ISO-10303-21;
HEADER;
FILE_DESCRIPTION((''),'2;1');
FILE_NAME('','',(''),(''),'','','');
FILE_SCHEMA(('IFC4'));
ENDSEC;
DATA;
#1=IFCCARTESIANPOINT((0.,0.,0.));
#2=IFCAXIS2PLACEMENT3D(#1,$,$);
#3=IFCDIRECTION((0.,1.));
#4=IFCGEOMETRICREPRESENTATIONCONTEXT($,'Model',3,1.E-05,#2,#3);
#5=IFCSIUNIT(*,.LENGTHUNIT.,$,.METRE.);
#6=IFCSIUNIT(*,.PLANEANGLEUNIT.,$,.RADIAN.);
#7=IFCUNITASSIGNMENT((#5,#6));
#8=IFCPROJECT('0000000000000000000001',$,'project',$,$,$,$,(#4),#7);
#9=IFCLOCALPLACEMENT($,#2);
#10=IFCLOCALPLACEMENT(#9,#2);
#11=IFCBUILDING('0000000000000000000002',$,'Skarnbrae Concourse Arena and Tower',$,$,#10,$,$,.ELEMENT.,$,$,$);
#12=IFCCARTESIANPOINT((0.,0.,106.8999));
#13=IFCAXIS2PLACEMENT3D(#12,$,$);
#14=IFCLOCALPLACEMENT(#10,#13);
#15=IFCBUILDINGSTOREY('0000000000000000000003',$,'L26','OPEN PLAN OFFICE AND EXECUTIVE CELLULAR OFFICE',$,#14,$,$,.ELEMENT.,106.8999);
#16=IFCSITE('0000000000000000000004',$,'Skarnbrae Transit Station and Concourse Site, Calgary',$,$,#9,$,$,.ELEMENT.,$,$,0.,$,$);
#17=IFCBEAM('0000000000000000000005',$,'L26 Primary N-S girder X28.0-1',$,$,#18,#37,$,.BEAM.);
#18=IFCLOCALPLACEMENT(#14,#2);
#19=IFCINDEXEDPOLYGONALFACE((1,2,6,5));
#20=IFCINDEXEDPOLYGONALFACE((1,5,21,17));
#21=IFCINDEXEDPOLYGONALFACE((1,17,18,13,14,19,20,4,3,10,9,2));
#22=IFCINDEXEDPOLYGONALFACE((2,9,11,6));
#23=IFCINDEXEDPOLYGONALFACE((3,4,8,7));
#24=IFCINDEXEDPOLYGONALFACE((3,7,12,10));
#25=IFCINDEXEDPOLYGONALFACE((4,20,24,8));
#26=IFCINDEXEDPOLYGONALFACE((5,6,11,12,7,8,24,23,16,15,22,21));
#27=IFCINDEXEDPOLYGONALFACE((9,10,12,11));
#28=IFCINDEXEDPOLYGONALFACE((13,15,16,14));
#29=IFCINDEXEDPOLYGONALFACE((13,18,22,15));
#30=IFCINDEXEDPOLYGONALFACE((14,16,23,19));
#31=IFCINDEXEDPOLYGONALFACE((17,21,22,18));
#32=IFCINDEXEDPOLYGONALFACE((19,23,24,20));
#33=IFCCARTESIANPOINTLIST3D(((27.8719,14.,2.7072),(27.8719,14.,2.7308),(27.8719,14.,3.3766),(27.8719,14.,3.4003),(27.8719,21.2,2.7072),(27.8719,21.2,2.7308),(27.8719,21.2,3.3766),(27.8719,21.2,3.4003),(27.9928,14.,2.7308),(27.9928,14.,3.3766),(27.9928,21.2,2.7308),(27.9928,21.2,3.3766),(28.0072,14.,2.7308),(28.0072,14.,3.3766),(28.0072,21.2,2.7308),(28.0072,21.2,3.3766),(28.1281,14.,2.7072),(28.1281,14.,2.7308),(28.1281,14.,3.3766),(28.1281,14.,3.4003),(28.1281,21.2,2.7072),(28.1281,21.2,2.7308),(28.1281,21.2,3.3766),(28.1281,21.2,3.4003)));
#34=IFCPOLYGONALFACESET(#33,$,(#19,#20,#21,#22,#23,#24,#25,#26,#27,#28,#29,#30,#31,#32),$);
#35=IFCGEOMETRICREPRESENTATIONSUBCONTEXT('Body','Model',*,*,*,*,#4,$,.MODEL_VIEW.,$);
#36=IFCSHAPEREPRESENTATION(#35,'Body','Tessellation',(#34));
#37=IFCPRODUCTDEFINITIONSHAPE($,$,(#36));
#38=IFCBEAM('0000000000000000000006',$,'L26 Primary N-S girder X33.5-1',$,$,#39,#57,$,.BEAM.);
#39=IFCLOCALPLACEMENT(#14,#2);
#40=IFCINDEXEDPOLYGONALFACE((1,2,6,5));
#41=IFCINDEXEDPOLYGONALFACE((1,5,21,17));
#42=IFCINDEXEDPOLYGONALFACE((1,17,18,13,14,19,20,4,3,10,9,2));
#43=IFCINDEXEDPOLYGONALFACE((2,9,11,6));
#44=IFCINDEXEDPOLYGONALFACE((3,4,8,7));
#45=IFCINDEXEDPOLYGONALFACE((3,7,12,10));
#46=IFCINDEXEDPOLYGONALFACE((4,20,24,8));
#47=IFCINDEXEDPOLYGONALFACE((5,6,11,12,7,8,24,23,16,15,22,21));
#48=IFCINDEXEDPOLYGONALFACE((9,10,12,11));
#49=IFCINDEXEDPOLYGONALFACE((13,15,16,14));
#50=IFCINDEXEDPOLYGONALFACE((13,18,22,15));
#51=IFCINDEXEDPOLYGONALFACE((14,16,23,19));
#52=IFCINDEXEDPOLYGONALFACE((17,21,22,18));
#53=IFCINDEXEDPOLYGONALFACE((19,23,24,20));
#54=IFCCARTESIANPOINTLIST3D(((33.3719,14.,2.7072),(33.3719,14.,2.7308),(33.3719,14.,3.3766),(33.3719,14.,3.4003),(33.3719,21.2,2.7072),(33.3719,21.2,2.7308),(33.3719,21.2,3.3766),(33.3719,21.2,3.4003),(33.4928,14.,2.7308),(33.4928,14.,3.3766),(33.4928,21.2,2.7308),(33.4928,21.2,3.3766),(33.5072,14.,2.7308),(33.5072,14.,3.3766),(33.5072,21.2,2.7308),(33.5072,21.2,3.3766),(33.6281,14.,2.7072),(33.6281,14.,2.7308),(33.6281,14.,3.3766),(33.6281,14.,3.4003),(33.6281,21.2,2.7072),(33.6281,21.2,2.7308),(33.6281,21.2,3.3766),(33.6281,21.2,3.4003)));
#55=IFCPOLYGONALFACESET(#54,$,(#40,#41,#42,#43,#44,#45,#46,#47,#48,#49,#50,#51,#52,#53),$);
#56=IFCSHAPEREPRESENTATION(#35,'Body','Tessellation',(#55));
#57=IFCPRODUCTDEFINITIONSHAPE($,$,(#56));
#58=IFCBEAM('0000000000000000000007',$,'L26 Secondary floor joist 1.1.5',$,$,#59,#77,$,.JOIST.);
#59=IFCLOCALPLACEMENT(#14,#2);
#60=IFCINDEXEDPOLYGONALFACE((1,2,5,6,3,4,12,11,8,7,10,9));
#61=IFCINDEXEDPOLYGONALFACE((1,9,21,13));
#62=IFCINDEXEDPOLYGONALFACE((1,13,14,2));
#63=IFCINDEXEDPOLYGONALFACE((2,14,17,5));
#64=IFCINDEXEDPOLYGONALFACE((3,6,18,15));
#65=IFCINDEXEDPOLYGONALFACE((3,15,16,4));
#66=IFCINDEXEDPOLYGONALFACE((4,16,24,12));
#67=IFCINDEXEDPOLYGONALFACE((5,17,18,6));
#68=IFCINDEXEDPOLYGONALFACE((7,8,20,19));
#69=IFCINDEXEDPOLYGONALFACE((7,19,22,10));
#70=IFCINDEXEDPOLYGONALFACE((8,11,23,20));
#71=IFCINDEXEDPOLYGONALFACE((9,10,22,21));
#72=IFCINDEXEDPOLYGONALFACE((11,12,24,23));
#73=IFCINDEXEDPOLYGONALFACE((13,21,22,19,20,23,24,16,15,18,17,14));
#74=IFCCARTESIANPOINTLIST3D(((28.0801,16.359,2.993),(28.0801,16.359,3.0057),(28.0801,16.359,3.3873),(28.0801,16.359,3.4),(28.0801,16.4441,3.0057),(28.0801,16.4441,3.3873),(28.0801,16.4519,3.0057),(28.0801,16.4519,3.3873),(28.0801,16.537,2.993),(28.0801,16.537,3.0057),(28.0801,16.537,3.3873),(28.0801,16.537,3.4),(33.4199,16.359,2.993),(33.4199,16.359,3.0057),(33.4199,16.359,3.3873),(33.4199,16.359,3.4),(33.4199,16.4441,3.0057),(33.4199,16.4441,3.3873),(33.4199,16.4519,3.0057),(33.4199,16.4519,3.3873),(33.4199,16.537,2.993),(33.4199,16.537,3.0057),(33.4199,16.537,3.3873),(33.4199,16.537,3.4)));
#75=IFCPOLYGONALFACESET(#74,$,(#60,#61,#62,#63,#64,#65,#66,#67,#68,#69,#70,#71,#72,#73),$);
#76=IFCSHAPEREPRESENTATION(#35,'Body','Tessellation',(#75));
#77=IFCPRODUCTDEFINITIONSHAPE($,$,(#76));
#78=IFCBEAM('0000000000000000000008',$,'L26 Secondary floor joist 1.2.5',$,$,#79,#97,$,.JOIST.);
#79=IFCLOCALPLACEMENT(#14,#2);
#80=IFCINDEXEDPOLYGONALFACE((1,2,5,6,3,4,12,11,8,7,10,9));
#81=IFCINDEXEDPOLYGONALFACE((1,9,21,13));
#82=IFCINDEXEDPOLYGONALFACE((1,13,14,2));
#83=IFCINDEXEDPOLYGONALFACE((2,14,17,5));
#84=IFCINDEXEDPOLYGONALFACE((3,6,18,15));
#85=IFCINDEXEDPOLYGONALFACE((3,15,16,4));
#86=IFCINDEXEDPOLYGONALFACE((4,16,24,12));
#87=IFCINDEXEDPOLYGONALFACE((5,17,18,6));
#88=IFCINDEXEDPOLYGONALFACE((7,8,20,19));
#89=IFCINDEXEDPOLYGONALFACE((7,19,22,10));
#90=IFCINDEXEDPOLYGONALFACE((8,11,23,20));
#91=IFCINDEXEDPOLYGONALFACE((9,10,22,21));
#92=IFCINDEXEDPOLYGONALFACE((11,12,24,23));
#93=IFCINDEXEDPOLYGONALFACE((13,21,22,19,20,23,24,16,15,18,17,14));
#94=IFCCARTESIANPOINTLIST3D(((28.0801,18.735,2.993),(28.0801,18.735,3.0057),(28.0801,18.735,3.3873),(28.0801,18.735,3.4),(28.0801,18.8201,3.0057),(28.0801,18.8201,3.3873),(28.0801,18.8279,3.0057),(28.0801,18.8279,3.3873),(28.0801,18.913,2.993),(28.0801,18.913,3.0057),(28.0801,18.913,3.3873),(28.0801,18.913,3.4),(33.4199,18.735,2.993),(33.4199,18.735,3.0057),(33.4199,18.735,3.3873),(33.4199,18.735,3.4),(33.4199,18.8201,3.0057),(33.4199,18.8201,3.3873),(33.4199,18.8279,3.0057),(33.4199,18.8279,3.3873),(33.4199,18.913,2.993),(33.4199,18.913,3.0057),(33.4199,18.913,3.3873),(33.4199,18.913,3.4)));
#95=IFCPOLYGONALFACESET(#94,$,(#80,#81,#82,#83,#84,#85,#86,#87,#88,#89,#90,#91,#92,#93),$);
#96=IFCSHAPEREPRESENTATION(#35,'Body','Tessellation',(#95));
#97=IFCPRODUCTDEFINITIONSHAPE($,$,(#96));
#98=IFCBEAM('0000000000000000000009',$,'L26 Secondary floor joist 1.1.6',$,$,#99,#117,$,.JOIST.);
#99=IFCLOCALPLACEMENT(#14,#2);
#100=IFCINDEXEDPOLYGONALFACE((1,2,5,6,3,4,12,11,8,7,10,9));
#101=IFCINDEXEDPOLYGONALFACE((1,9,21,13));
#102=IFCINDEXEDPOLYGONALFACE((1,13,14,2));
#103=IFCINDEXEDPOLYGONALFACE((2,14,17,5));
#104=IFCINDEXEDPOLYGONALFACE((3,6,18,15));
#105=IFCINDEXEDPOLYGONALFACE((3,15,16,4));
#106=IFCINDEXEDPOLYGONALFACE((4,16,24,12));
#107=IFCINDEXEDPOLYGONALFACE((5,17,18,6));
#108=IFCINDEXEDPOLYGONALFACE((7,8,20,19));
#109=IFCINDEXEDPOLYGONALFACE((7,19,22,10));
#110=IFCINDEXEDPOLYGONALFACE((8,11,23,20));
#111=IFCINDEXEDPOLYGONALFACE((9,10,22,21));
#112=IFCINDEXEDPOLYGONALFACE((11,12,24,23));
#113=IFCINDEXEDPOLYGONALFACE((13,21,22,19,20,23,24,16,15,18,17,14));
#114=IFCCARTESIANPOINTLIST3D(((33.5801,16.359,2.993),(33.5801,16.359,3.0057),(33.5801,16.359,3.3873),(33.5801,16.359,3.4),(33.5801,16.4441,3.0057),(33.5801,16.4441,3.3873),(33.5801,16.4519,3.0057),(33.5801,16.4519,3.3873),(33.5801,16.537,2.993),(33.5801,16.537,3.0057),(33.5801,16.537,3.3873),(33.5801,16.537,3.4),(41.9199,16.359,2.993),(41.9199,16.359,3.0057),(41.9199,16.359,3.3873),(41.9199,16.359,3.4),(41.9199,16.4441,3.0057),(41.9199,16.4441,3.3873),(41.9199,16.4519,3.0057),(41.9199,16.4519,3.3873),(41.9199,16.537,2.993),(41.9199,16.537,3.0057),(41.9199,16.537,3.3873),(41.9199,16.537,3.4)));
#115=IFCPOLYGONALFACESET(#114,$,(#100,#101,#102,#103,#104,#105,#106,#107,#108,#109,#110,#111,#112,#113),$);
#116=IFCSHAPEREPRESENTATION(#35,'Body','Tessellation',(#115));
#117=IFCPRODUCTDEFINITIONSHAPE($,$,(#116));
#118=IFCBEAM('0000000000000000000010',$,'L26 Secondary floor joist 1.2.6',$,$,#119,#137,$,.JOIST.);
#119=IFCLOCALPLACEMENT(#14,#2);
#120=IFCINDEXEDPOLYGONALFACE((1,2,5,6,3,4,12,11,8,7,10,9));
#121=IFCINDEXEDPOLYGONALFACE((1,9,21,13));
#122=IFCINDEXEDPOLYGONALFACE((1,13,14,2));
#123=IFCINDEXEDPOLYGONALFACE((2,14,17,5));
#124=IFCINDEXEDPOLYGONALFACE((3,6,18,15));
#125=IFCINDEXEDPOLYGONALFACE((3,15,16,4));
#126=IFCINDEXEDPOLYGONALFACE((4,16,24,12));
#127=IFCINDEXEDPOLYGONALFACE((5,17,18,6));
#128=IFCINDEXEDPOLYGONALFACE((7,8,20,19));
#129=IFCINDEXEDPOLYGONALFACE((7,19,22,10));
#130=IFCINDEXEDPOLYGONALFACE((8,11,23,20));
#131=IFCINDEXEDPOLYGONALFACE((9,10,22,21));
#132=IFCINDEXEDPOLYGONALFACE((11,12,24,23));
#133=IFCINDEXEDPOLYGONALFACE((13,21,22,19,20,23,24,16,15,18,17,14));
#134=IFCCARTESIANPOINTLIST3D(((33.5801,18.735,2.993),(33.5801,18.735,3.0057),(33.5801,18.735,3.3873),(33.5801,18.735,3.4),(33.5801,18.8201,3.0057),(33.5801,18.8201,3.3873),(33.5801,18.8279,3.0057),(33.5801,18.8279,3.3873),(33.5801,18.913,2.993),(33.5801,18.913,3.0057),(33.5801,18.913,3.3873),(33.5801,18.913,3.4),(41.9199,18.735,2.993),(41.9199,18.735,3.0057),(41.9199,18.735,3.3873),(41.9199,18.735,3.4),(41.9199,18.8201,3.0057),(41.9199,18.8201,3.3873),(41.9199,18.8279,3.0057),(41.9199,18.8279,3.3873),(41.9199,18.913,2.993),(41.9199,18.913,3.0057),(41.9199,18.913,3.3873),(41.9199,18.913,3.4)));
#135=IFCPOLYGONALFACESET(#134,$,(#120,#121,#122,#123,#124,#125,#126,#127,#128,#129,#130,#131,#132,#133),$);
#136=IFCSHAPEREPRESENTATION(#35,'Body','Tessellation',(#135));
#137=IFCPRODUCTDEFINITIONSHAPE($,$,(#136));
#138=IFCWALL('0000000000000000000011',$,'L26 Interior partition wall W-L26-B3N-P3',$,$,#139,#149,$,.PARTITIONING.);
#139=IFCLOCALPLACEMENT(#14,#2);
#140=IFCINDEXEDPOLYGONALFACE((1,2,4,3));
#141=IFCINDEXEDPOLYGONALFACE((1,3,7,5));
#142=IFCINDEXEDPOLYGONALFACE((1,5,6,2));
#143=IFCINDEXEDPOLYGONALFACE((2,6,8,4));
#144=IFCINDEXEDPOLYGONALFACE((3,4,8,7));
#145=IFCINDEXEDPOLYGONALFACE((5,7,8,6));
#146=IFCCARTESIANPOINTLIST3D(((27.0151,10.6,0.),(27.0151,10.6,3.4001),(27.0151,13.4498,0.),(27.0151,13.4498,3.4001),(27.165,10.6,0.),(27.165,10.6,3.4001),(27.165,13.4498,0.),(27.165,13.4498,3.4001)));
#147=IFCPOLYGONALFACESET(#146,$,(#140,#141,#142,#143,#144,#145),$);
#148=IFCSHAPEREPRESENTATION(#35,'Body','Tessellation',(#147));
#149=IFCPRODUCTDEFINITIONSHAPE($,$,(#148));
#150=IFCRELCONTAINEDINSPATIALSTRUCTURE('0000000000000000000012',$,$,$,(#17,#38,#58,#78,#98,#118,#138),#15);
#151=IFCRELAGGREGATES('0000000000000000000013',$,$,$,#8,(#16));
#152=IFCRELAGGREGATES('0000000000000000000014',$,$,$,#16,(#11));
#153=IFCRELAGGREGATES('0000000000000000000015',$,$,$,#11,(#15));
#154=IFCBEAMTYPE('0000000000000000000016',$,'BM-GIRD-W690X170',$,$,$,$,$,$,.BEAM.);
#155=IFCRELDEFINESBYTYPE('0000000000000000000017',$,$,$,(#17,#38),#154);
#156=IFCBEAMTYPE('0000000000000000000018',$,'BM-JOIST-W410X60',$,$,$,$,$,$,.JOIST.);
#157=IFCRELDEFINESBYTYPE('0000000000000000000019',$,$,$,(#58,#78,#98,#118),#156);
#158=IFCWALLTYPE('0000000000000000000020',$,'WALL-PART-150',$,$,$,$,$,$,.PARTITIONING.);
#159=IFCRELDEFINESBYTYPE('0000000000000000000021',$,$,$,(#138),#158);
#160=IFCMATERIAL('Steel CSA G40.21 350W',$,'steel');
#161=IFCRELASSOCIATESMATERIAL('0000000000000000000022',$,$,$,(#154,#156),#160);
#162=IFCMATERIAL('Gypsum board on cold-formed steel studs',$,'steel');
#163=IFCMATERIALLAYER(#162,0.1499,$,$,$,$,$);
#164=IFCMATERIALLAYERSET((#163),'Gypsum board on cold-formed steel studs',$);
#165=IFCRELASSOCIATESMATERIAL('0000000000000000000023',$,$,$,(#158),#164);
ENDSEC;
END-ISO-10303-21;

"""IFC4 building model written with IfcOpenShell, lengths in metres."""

from ifc_helpers import new_model, si_unit, direction, frame, frame_2d, origin, origin_2d, place, context, subcontext, project, spatial, rectangle, i_section, extrude, source, transform, mapped, material, layer, layer_set, material_profile, profile_set, type_object, element, save


model = new_model("IFC4")

# Units and contexts
model_context = context("Model", 3, precision=1e-05, world=origin(), true_north=direction((0.0, 1.0)))
body_context = subcontext(model_context, "Body", "Model", "MODEL_VIEW")
ifc_project = project(units=[si_unit("LENGTHUNIT", "METRE"), si_unit("PLANEANGLEUNIT", "RADIAN")], contexts=[model_context])

# Site, building, storey
site_placement = place(None, origin())
site = spatial("IfcSite", under=ifc_project, at=site_placement, Name="Skarnbrae Transit Station and Concourse Site, Calgary", CompositionType="ELEMENT", RefElevation=0.0)
building_placement = place(site_placement, origin())
building = spatial("IfcBuilding", under=site, at=building_placement, Name="Skarnbrae Concourse Arena and Tower", CompositionType="ELEMENT")
storey_placement = place(building_placement, frame((0.0, 0.0, 106.8999)))
storey = spatial("IfcBuildingStorey", under=building, at=storey_placement, Name="L26", Description="OPEN PLAN OFFICE AND EXECUTIVE CELLULAR OFFICE", CompositionType="ELEMENT", Elevation=106.8999)

# Shared definitions
ifc_material_1 = material(Name="Steel CSA G40.21 350W", Category="steel")

# Beams
ifc_material_profile_1 = material_profile(ifc_material_1, i_section(OverallWidth=0.2561, OverallDepth=0.6931, WebThickness=0.0144, FlangeThickness=0.0237, at=origin_2d()), Name="W690X170")
ifc_profile_set_1 = profile_set([ifc_material_profile_1], Name="Steel CSA G40.21 350W")
beam_type_1 = type_object("IfcBeamType", Name="BM-GIRD-W690X170", PredefinedType="BEAM", material=ifc_profile_set_1)
shared_shape_1 = source(origin(), body_context, "Body", "SweptSolid", [
    extrude(i_section(OverallWidth=0.2561, OverallDepth=0.6931, WebThickness=0.0144, FlangeThickness=0.0237, at=origin_2d()), origin(), (0.0, 0.0, 1.0), 7.2),
])
for number, where, z_axis, x_axis, name in (
    (1, (28.0, 14.0, 3.0537), (0.0, 1.0, 0.0), (-1.0, 0.0, 0.0), "L26 Primary N-S girder X28.0-1"),
    (2, (33.5, 14.0, 3.0537), (0.0, 1.0, 0.0), (-1.0, 0.0, 0.0), "L26 Primary N-S girder X33.5-1"),
):
    element("IfcBeam", number, at=place(storey_placement, frame(where, z_axis=z_axis, x_axis=x_axis)), inside=storey, type_object=beam_type_1, Name=name, PredefinedType="BEAM", context=body_context, shape_type="MappedRepresentation", body=[
        mapped(shared_shape_1, transform((0.0, 0.0, 0.0))),
    ])
ifc_material_profile_2 = material_profile(ifc_material_1, i_section(OverallWidth=0.178, OverallDepth=0.407, WebThickness=0.0078, FlangeThickness=0.0127, at=origin_2d()), Name="W410X60")
ifc_profile_set_2 = profile_set([ifc_material_profile_2], Name="Steel CSA G40.21 350W")
beam_type_2 = type_object("IfcBeamType", Name="BM-JOIST-W410X60", PredefinedType="JOIST", material=ifc_profile_set_2)
shared_shape_2 = source(origin(), body_context, "Body", "SweptSolid", [
    extrude(i_section(OverallWidth=0.178, OverallDepth=0.407, WebThickness=0.0078, FlangeThickness=0.0127, at=origin_2d()), origin(), (0.0, 0.0, 1.0), 5.3398),
])
for number, where, z_axis, x_axis, name in (
    (3, (28.0801, 16.448, 3.1965), (1.0, 0.0, 0.0), (0.0, 1.0, 0.0), "L26 Secondary floor joist 1.1.5"),
    (4, (28.0801, 18.824, 3.1965), (1.0, 0.0, 0.0), (0.0, 1.0, 0.0), "L26 Secondary floor joist 1.2.5"),
):
    element("IfcBeam", number, at=place(storey_placement, frame(where, z_axis=z_axis, x_axis=x_axis)), inside=storey, type_object=beam_type_2, Name=name, PredefinedType="JOIST", context=body_context, shape_type="MappedRepresentation", body=[
        mapped(shared_shape_2, transform((0.0, 0.0, 0.0))),
    ])
shared_shape_3 = source(origin(), body_context, "Body", "SweptSolid", [
    extrude(i_section(OverallWidth=0.178, OverallDepth=0.407, WebThickness=0.0078, FlangeThickness=0.0127, at=origin_2d()), origin(), (0.0, 0.0, 1.0), 8.3398),
])
for number, where, z_axis, x_axis, name in (
    (5, (33.5801, 16.448, 3.1965), (1.0, 0.0, 0.0), (0.0, 1.0, 0.0), "L26 Secondary floor joist 1.1.6"),
    (6, (33.5801, 18.824, 3.1965), (1.0, 0.0, 0.0), (0.0, 1.0, 0.0), "L26 Secondary floor joist 1.2.6"),
):
    element("IfcBeam", number, at=place(storey_placement, frame(where, z_axis=z_axis, x_axis=x_axis)), inside=storey, type_object=beam_type_2, Name=name, PredefinedType="JOIST", context=body_context, shape_type="MappedRepresentation", body=[
        mapped(shared_shape_3, transform((0.0, 0.0, 0.0))),
    ])

# Wall
ifc_material_2 = material(Name="Gypsum board on cold-formed steel studs", Category="steel")
ifc_layer_1 = layer(ifc_material_2, 0.1499)
ifc_layer_set_1 = layer_set([ifc_layer_1], Name="Gypsum board on cold-formed steel studs")
wall_type_1 = type_object("IfcWallType", Name="WALL-PART-150", PredefinedType="PARTITIONING", material=ifc_layer_set_1)
shared_shape_4 = source(origin(), body_context, "Body", "SweptSolid", [
    extrude(rectangle(XDim=2.8499, YDim=0.1499, at=frame_2d((1.4248, 0.0))), origin(), (0.0, 0.0, 1.0), 3.4001),
])
wall_1_placement = place(storey_placement, frame((27.0901, 10.6001, 0.0), z_axis=(0.0, 0.0, 1.0), x_axis=(0.0, 1.0, 0.0)))
element("IfcWall", 7, at=wall_1_placement, inside=storey, type_object=wall_type_1, Name="L26 Interior partition wall W-L26-B3N-P3", PredefinedType="PARTITIONING", context=body_context, shape_type="MappedRepresentation", body=[
    mapped(shared_shape_4, transform((0.0, 0.0, 0.0))),
])

save(model, "model.ifc")
